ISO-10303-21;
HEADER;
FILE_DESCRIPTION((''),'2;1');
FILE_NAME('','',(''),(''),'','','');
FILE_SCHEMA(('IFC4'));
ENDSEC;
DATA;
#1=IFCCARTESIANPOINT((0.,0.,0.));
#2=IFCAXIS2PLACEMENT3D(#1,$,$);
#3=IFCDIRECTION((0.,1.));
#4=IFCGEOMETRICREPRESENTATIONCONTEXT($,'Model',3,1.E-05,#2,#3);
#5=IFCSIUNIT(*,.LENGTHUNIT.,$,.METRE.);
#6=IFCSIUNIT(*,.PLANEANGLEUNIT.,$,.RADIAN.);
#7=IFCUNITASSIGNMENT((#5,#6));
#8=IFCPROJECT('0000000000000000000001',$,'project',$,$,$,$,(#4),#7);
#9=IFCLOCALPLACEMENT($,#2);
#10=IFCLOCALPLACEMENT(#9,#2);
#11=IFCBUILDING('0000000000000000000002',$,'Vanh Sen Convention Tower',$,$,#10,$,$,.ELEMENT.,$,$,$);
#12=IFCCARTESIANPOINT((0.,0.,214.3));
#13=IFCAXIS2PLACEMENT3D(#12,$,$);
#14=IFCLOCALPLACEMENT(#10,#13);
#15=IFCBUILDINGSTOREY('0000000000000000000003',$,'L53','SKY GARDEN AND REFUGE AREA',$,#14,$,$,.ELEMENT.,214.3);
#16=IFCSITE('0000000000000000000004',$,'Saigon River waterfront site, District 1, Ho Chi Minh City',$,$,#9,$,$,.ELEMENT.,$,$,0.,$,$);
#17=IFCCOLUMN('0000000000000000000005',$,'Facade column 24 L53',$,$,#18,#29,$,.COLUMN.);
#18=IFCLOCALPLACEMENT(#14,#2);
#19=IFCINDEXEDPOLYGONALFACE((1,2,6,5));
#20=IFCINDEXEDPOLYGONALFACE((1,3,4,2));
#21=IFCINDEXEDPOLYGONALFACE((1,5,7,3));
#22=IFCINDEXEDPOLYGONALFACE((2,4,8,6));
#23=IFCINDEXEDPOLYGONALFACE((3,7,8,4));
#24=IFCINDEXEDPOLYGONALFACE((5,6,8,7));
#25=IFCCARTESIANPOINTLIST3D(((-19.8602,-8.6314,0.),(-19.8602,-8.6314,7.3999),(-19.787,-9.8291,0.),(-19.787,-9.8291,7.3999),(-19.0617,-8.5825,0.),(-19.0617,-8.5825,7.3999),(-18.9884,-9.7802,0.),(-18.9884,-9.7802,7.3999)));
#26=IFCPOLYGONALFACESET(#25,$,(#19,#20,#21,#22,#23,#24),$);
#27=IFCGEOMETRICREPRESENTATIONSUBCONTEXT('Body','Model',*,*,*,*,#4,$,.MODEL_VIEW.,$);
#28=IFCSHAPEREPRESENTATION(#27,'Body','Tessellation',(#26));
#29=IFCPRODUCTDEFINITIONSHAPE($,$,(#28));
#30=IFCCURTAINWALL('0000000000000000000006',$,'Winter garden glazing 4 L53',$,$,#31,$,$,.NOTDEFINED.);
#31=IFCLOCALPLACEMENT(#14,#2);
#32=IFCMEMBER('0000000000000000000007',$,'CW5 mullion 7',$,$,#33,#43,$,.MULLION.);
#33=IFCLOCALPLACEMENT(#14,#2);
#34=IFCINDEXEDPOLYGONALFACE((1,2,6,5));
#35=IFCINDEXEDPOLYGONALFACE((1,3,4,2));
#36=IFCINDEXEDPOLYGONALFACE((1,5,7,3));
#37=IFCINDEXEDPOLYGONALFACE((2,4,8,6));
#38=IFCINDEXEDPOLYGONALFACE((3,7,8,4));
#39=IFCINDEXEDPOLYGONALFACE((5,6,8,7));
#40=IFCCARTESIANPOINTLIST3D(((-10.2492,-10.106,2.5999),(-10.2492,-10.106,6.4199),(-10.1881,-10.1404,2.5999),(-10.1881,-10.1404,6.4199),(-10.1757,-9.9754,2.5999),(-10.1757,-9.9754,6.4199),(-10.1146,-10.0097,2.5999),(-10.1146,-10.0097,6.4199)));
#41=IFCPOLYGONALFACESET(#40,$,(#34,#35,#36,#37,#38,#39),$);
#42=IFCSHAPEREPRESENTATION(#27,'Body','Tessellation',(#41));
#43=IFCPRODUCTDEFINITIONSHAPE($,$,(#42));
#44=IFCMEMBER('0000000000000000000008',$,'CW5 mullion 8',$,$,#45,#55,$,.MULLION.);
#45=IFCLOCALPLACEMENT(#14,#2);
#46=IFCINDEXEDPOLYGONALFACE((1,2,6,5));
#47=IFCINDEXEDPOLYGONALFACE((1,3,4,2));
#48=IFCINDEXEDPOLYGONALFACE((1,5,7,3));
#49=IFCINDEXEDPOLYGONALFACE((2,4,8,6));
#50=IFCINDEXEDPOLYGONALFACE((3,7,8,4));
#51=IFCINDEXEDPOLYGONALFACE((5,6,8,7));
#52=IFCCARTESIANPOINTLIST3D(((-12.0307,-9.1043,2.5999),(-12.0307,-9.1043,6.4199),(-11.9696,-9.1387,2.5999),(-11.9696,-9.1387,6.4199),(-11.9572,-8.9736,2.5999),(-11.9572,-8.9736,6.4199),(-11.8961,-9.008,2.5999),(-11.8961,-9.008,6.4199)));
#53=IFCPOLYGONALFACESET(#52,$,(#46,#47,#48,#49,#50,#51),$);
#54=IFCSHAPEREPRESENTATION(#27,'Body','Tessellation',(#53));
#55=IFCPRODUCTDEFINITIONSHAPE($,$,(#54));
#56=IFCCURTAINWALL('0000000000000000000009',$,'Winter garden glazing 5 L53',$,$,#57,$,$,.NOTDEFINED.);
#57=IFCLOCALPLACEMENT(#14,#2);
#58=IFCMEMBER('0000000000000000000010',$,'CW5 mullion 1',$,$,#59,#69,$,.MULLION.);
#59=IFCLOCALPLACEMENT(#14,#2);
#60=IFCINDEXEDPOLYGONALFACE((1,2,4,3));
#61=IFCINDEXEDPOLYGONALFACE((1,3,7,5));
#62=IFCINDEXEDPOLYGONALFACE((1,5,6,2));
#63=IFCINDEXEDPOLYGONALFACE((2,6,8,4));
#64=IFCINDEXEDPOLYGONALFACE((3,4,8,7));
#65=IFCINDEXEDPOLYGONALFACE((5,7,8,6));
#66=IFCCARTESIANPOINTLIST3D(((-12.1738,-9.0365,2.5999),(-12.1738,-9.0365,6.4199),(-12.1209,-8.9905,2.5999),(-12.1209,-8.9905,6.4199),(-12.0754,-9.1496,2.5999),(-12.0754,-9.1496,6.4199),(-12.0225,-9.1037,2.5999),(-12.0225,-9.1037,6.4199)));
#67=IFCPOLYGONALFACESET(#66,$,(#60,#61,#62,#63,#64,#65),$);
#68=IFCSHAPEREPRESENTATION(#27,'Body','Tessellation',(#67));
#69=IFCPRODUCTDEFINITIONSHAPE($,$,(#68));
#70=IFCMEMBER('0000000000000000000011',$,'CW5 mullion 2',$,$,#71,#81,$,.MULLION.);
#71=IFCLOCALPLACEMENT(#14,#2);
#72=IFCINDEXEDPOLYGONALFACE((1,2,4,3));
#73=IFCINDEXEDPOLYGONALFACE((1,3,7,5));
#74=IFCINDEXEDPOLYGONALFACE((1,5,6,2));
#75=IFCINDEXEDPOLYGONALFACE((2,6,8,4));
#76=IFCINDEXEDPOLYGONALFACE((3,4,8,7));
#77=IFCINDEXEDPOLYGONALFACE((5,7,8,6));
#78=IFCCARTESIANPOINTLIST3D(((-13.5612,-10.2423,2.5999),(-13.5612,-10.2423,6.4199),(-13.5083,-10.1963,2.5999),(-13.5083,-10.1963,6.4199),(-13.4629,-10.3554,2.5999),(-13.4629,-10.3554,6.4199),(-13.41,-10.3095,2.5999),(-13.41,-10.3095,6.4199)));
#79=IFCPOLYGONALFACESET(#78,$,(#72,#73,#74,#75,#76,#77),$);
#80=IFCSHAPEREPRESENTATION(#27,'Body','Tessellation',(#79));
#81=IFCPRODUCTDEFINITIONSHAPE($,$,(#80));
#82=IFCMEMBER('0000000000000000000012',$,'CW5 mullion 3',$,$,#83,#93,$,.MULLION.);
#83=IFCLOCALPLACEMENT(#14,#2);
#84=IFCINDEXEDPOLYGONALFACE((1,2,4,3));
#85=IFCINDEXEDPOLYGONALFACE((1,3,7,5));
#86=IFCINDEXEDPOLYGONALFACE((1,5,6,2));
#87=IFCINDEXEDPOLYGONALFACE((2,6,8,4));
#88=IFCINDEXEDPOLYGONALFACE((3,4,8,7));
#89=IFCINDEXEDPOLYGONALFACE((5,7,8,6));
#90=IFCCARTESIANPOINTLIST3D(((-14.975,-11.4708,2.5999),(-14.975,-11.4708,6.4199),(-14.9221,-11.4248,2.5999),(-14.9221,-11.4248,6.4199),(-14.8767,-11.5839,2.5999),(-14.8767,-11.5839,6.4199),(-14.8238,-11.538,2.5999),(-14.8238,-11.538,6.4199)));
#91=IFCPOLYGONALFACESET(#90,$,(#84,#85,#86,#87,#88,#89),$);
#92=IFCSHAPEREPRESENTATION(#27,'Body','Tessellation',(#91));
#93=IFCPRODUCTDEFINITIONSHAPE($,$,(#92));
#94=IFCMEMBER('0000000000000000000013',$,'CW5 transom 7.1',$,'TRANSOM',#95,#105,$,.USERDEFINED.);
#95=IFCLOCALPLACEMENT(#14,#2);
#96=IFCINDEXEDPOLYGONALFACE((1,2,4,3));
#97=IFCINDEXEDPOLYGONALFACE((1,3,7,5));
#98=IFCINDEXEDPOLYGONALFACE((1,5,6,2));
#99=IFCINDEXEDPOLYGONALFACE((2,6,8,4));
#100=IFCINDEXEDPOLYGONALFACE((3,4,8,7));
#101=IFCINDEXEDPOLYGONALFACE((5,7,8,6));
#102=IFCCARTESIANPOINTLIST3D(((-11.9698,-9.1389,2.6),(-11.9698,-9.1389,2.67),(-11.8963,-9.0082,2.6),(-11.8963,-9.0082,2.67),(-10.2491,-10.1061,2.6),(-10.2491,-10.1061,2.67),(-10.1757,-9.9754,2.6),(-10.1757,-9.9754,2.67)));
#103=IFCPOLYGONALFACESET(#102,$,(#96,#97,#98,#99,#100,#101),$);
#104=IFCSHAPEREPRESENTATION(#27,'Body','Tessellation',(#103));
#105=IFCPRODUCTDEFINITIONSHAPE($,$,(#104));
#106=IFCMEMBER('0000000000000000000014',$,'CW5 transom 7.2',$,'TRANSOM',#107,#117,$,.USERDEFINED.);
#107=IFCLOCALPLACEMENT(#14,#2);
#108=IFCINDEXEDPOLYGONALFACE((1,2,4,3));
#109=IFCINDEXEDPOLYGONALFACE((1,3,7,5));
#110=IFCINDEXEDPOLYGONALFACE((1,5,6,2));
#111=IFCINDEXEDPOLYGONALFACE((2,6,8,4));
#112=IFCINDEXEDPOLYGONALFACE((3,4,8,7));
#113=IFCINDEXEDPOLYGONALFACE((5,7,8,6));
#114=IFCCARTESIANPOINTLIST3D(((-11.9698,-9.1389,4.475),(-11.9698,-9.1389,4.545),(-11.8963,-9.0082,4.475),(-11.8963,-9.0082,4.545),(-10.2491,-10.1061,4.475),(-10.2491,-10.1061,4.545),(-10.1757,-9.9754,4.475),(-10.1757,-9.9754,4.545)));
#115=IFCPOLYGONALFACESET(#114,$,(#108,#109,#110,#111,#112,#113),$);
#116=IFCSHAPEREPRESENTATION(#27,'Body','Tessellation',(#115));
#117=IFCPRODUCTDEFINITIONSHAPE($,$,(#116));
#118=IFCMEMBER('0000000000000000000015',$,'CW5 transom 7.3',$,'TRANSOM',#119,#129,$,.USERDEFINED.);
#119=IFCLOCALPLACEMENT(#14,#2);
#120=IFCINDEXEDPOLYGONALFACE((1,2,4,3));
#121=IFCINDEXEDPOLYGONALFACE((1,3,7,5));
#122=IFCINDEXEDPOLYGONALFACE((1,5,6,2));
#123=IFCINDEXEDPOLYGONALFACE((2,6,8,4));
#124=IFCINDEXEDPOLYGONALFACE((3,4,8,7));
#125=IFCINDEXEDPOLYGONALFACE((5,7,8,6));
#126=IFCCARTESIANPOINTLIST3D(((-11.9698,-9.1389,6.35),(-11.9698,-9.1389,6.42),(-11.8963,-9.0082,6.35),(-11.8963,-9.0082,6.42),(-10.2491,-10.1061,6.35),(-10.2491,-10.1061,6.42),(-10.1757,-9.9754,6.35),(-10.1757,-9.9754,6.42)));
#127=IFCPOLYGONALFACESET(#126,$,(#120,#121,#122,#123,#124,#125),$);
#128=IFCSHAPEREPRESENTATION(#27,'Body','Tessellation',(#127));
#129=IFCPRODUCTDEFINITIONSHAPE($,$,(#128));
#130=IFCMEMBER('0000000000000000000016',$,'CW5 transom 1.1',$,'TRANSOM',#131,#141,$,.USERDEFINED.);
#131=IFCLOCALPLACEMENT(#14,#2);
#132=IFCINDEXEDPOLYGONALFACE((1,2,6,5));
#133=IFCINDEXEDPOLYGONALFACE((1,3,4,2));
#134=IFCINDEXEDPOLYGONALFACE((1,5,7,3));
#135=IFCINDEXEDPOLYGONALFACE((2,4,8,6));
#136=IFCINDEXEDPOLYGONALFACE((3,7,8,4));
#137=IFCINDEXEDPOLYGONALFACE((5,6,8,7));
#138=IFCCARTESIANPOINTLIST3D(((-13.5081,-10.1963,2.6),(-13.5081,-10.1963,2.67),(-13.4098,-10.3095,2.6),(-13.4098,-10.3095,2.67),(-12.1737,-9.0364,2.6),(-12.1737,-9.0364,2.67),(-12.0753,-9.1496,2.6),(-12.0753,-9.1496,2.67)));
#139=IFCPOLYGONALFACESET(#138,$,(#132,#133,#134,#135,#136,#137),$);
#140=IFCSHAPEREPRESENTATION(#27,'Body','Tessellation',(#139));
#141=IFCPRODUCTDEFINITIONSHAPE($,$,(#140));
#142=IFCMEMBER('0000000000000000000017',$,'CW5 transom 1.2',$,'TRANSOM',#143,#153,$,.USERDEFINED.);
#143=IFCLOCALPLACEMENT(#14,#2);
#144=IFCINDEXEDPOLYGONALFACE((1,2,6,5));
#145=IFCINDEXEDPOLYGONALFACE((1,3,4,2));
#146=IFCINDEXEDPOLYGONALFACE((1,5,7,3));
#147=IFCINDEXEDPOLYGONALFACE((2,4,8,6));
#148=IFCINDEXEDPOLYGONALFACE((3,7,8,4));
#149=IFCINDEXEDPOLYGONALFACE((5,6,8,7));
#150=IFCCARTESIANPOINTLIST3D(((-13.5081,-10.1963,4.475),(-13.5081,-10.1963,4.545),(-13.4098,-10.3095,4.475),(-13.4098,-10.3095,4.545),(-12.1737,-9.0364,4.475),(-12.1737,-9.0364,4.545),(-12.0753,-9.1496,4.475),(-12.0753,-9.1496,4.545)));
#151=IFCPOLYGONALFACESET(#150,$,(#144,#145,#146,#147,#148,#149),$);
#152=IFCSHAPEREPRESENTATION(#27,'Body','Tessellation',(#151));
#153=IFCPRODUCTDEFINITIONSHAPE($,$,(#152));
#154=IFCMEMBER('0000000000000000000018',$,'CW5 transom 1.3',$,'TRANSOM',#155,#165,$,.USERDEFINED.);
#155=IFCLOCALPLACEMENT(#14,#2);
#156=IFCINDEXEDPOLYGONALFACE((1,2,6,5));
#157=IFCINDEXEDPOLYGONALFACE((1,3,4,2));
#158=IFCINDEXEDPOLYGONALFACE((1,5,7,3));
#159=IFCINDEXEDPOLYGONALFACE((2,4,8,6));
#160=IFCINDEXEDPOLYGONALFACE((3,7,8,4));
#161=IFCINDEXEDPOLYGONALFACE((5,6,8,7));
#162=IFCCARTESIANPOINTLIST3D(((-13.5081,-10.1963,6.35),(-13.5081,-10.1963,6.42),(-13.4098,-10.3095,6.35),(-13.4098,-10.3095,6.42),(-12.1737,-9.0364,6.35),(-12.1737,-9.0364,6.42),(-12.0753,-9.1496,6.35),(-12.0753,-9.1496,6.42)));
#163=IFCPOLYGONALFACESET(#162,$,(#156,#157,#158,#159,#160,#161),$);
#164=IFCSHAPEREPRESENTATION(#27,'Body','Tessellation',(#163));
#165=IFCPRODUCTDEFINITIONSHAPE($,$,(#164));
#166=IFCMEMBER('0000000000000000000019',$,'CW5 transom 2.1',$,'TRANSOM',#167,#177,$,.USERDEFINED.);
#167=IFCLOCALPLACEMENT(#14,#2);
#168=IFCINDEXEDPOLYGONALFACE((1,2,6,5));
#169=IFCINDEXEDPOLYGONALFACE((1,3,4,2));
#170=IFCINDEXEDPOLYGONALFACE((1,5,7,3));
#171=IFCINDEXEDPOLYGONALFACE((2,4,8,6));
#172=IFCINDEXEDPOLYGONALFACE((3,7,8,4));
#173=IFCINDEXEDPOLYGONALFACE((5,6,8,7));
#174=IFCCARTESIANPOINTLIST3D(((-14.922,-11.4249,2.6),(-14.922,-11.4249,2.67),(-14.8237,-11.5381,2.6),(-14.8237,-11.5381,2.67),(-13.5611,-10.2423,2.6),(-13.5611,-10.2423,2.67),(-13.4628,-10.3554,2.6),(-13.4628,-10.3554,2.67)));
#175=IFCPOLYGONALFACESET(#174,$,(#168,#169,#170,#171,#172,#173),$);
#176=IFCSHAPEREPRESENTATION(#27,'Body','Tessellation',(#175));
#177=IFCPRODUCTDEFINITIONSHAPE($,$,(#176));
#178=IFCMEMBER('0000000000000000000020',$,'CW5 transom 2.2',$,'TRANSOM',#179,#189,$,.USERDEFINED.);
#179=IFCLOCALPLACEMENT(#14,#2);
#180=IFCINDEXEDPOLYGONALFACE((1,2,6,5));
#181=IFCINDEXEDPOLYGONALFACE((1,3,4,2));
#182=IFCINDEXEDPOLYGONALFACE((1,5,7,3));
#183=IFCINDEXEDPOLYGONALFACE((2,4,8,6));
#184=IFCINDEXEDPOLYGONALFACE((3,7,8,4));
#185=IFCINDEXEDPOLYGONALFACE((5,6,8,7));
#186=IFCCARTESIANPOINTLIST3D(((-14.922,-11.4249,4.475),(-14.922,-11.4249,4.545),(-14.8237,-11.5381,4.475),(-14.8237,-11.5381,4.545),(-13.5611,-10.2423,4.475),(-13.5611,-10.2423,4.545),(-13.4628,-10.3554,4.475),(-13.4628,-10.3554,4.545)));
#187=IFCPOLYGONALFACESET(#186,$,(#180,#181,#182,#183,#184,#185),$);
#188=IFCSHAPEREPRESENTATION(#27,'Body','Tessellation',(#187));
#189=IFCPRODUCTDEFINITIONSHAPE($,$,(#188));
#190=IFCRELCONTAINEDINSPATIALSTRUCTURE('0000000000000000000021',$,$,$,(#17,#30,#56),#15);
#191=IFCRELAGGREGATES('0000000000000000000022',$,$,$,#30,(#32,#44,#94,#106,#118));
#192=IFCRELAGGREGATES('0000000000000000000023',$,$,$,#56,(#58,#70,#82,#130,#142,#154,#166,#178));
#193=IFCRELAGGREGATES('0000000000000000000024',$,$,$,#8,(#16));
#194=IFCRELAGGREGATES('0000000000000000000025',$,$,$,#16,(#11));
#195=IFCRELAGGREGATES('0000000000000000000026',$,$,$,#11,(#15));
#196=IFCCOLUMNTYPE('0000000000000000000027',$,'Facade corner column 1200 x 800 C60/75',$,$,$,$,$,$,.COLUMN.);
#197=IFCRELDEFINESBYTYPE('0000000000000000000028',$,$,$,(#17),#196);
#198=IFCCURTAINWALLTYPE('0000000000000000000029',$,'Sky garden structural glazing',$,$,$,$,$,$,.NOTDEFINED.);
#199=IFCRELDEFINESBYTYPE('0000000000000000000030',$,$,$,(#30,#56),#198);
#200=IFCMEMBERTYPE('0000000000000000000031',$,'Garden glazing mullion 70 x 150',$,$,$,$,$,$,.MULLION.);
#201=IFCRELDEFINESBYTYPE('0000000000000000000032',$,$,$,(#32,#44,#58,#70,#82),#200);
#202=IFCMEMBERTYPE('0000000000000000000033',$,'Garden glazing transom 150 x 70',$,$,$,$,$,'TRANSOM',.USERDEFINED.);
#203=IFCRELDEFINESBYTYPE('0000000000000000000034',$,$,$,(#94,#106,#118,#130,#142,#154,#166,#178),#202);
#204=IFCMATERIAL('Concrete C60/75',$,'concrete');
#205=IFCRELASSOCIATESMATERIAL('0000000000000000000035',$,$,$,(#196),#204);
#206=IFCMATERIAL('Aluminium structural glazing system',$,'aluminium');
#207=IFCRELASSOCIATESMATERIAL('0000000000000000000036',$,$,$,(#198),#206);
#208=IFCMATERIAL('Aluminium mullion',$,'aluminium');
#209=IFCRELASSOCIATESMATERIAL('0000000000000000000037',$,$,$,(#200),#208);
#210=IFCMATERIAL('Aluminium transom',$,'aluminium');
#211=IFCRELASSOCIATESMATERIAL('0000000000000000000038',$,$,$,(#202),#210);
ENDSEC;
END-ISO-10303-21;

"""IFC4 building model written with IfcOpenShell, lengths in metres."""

from ifc_helpers import new_model, si_unit, direction, frame, origin, origin_2d, place, context, subcontext, project, spatial, rectangle, extrude, material, material_profile, profile_set, type_object, element, aggregate, save


model = new_model("IFC4")

# Units and contexts
model_context = context("Model", 3, precision=1e-05, world=origin(), true_north=direction((0.0, 1.0)))
body_context = subcontext(model_context, "Body", "Model", "MODEL_VIEW")
ifc_project = project(units=[si_unit("LENGTHUNIT", "METRE"), si_unit("PLANEANGLEUNIT", "RADIAN")], contexts=[model_context])

# Site, building, storey
site_placement = place(None, origin())
site = spatial("IfcSite", under=ifc_project, at=site_placement, Name="Saigon River waterfront site, District 1, Ho Chi Minh City", CompositionType="ELEMENT", RefElevation=0.0)
building_placement = place(site_placement, origin())
building = spatial("IfcBuilding", under=site, at=building_placement, Name="Vanh Sen Convention Tower", CompositionType="ELEMENT")
storey_placement = place(building_placement, frame((0.0, 0.0, 214.3)))
storey = spatial("IfcBuildingStorey", under=building, at=storey_placement, Name="L53", Description="SKY GARDEN AND REFUGE AREA", CompositionType="ELEMENT", Elevation=214.3)

# Column
ifc_material_1 = material(Name="Concrete C60/75", Category="concrete")
ifc_material_profile_1 = material_profile(ifc_material_1, rectangle(XDim=1.2, YDim=0.8, at=origin_2d()), Name="RC 1200X800")
ifc_profile_set_1 = profile_set([ifc_material_profile_1], Name="Concrete C60/75")
column_type = type_object("IfcColumnType", Name="Facade corner column 1200 x 800 C60/75", PredefinedType="COLUMN", material=ifc_profile_set_1)
column_placement = place(storey_placement, frame((-19.4243, -9.2058, 0.0), z_axis=(0.0, 0.0, 1.0), x_axis=(0.061049, -0.998135, 0.0)))
element("IfcColumn", 1, at=column_placement, inside=storey, type_object=column_type, Name="Facade column 24 L53", PredefinedType="COLUMN", context=body_context, shape_type="SweptSolid", body=[
    extrude(rectangle(XDim=1.2, YDim=0.8, at=origin_2d()), origin(), (0.0, 0.0, 1.0), 7.3999),
])

# Curtain walls, members
ifc_material_2 = material(Name="Aluminium structural glazing system", Category="aluminium")
curtain_wall_type_1 = type_object("IfcCurtainWallType", Name="Sky garden structural glazing", PredefinedType="NOTDEFINED", material=ifc_material_2)
curtain_wall_1_placement = place(storey_placement, origin())
curtain_wall_1 = element("IfcCurtainWall", 2, at=curtain_wall_1_placement, inside=storey, type_object=curtain_wall_type_1, Name="Winter garden glazing 4 L53", PredefinedType="NOTDEFINED")
ifc_material_3 = material(Name="Aluminium mullion", Category="aluminium")
ifc_material_profile_2 = material_profile(ifc_material_3, rectangle(XDim=0.1499, YDim=0.0701, at=origin_2d()), Name="Garden glazing mullion 70 x 150")
ifc_profile_set_2 = profile_set([ifc_material_profile_2], Name="Aluminium mullion")
member_type_1 = type_object("IfcMemberType", Name="Garden glazing mullion 70 x 150", PredefinedType="MULLION", material=ifc_profile_set_2)
member_1_placement = place(storey_placement, frame((-10.1819, -10.0579, 2.5999), z_axis=(0.0, 0.0, 1.0), x_axis=(-0.49012, -0.871655, 0.0)))
member_1 = element("IfcMember", 3, at=member_1_placement, type_object=member_type_1, Name="CW5 mullion 7", PredefinedType="MULLION", context=body_context, shape_type="SweptSolid", body=[
    extrude(rectangle(XDim=0.1499, YDim=0.0701, at=origin_2d()), origin(), (0.0, 0.0, 1.0), 3.8201),
])
member_2_placement = place(storey_placement, frame((-11.9634, -9.0562, 2.5999), z_axis=(0.0, 0.0, 1.0), x_axis=(-0.49012, -0.871655, 0.0)))
member_2 = element("IfcMember", 4, at=member_2_placement, type_object=member_type_1, Name="CW5 mullion 8", PredefinedType="MULLION", context=body_context, shape_type="SweptSolid", body=[
    extrude(rectangle(XDim=0.1499, YDim=0.0701, at=origin_2d()), origin(), (0.0, 0.0, 1.0), 3.8201),
])
curtain_wall_2_placement = place(storey_placement, origin())
curtain_wall_2 = element("IfcCurtainWall", 5, at=curtain_wall_2_placement, inside=storey, type_object=curtain_wall_type_1, Name="Winter garden glazing 5 L53", PredefinedType="NOTDEFINED")
member_3_placement = place(storey_placement, frame((-12.0981, -9.0701, 2.5999), z_axis=(0.0, 0.0, 1.0), x_axis=(0.655958, -0.754797, 0.0)))
member_3 = element("IfcMember", 6, at=member_3_placement, type_object=member_type_1, Name="CW5 mullion 1", PredefinedType="MULLION", context=body_context, shape_type="SweptSolid", body=[
    extrude(rectangle(XDim=0.1499, YDim=0.0701, at=origin_2d()), origin(), (0.0, 0.0, 1.0), 3.8201),
])
member_4_placement = place(storey_placement, frame((-13.4856, -10.2759, 2.5999), z_axis=(0.0, 0.0, 1.0), x_axis=(0.655958, -0.754797, 0.0)))
member_4 = element("IfcMember", 7, at=member_4_placement, type_object=member_type_1, Name="CW5 mullion 2", PredefinedType="MULLION", context=body_context, shape_type="SweptSolid", body=[
    extrude(rectangle(XDim=0.1499, YDim=0.0701, at=origin_2d()), origin(), (0.0, 0.0, 1.0), 3.8201),
])
member_5_placement = place(storey_placement, frame((-14.8994, -11.5044, 2.5999), z_axis=(0.0, 0.0, 1.0), x_axis=(0.655958, -0.754797, 0.0)))
member_5 = element("IfcMember", 8, at=member_5_placement, type_object=member_type_1, Name="CW5 mullion 3", PredefinedType="MULLION", context=body_context, shape_type="SweptSolid", body=[
    extrude(rectangle(XDim=0.1499, YDim=0.0701, at=origin_2d()), origin(), (0.0, 0.0, 1.0), 3.8201),
])

# Members
ifc_material_4 = material(Name="Aluminium transom", Category="aluminium")
ifc_material_profile_3 = material_profile(ifc_material_4, rectangle(XDim=0.1499, YDim=0.0701, at=origin_2d()), Name="Garden glazing transom 150 x 70")
ifc_profile_set_3 = profile_set([ifc_material_profile_3], Name="Aluminium transom")
member_type_2 = type_object("IfcMemberType", Name="Garden glazing transom 150 x 70", ElementType="TRANSOM", PredefinedType="USERDEFINED", material=ifc_profile_set_3)
member_6_placement = place(storey_placement, frame((-10.2124, -10.0408, 2.635), z_axis=(-0.871708, 0.490026, 0.0), x_axis=(-0.490026, -0.871708, 0.0)))
member_6 = element("IfcMember", 9, at=member_6_placement, type_object=member_type_2, Name="CW5 transom 7.1", ObjectType="TRANSOM", PredefinedType="USERDEFINED", context=body_context, shape_type="SweptSolid", body=[
    extrude(rectangle(XDim=0.1499, YDim=0.0701, at=origin_2d()), origin(), (0.0, 0.0, 1.0), 1.9739),
])
member_7_placement = place(storey_placement, frame((-10.2124, -10.0408, 4.51), z_axis=(-0.871708, 0.490026, 0.0), x_axis=(-0.490026, -0.871708, 0.0)))
member_7 = element("IfcMember", 10, at=member_7_placement, type_object=member_type_2, Name="CW5 transom 7.2", ObjectType="TRANSOM", PredefinedType="USERDEFINED", context=body_context, shape_type="SweptSolid", body=[
    extrude(rectangle(XDim=0.1499, YDim=0.0701, at=origin_2d()), origin(), (0.0, 0.0, 1.0), 1.9739),
])
member_8_placement = place(storey_placement, frame((-10.2124, -10.0408, 6.385), z_axis=(-0.871708, 0.490026, 0.0), x_axis=(-0.490026, -0.871708, 0.0)))
member_8 = element("IfcMember", 11, at=member_8_placement, type_object=member_type_2, Name="CW5 transom 7.3", ObjectType="TRANSOM", PredefinedType="USERDEFINED", context=body_context, shape_type="SweptSolid", body=[
    extrude(rectangle(XDim=0.1499, YDim=0.0701, at=origin_2d()), origin(), (0.0, 0.0, 1.0), 1.9739),
])
member_9_placement = place(storey_placement, frame((-12.1245, -9.093, 2.635), z_axis=(-0.754745, -0.656018, 0.0), x_axis=(0.656018, -0.754745, 0.0)))
member_9 = element("IfcMember", 12, at=member_9_placement, type_object=member_type_2, Name="CW5 transom 1.1", ObjectType="TRANSOM", PredefinedType="USERDEFINED", context=body_context, shape_type="SweptSolid", body=[
    extrude(rectangle(XDim=0.1499, YDim=0.0701, at=origin_2d()), origin(), (0.0, 0.0, 1.0), 1.7681),
])
member_10_placement = place(storey_placement, frame((-12.1245, -9.093, 4.51), z_axis=(-0.754745, -0.656018, 0.0), x_axis=(0.656018, -0.754745, 0.0)))
member_10 = element("IfcMember", 13, at=member_10_placement, type_object=member_type_2, Name="CW5 transom 1.2", ObjectType="TRANSOM", PredefinedType="USERDEFINED", context=body_context, shape_type="SweptSolid", body=[
    extrude(rectangle(XDim=0.1499, YDim=0.0701, at=origin_2d()), origin(), (0.0, 0.0, 1.0), 1.7681),
])
member_11_placement = place(storey_placement, frame((-12.1245, -9.093, 6.385), z_axis=(-0.754745, -0.656018, 0.0), x_axis=(0.656018, -0.754745, 0.0)))
member_11 = element("IfcMember", 14, at=member_11_placement, type_object=member_type_2, Name="CW5 transom 1.3", ObjectType="TRANSOM", PredefinedType="USERDEFINED", context=body_context, shape_type="SweptSolid", body=[
    extrude(rectangle(XDim=0.1499, YDim=0.0701, at=origin_2d()), origin(), (0.0, 0.0, 1.0), 1.7681),
])
member_12_placement = place(storey_placement, frame((-13.512, -10.2988, 2.635), z_axis=(-0.754804, -0.655951, 0.0), x_axis=(0.655951, -0.754804, 0.0)))
member_12 = element("IfcMember", 15, at=member_12_placement, type_object=member_type_2, Name="CW5 transom 2.1", ObjectType="TRANSOM", PredefinedType="USERDEFINED", context=body_context, shape_type="SweptSolid", body=[
    extrude(rectangle(XDim=0.1499, YDim=0.0701, at=origin_2d()), origin(), (0.0, 0.0, 1.0), 1.803),
])
member_13_placement = place(storey_placement, frame((-13.512, -10.2988, 4.51), z_axis=(-0.754804, -0.655951, 0.0), x_axis=(0.655951, -0.754804, 0.0)))
member_13 = element("IfcMember", 16, at=member_13_placement, type_object=member_type_2, Name="CW5 transom 2.2", ObjectType="TRANSOM", PredefinedType="USERDEFINED", context=body_context, shape_type="SweptSolid", body=[
    extrude(rectangle(XDim=0.1499, YDim=0.0701, at=origin_2d()), origin(), (0.0, 0.0, 1.0), 1.803),
])

aggregate(curtain_wall_1, [member_1, member_2, member_6, member_7, member_8])
aggregate(curtain_wall_2, [member_3, member_4, member_5, member_9, member_10, member_11, member_12, member_13])

save(model, "model.ifc")
